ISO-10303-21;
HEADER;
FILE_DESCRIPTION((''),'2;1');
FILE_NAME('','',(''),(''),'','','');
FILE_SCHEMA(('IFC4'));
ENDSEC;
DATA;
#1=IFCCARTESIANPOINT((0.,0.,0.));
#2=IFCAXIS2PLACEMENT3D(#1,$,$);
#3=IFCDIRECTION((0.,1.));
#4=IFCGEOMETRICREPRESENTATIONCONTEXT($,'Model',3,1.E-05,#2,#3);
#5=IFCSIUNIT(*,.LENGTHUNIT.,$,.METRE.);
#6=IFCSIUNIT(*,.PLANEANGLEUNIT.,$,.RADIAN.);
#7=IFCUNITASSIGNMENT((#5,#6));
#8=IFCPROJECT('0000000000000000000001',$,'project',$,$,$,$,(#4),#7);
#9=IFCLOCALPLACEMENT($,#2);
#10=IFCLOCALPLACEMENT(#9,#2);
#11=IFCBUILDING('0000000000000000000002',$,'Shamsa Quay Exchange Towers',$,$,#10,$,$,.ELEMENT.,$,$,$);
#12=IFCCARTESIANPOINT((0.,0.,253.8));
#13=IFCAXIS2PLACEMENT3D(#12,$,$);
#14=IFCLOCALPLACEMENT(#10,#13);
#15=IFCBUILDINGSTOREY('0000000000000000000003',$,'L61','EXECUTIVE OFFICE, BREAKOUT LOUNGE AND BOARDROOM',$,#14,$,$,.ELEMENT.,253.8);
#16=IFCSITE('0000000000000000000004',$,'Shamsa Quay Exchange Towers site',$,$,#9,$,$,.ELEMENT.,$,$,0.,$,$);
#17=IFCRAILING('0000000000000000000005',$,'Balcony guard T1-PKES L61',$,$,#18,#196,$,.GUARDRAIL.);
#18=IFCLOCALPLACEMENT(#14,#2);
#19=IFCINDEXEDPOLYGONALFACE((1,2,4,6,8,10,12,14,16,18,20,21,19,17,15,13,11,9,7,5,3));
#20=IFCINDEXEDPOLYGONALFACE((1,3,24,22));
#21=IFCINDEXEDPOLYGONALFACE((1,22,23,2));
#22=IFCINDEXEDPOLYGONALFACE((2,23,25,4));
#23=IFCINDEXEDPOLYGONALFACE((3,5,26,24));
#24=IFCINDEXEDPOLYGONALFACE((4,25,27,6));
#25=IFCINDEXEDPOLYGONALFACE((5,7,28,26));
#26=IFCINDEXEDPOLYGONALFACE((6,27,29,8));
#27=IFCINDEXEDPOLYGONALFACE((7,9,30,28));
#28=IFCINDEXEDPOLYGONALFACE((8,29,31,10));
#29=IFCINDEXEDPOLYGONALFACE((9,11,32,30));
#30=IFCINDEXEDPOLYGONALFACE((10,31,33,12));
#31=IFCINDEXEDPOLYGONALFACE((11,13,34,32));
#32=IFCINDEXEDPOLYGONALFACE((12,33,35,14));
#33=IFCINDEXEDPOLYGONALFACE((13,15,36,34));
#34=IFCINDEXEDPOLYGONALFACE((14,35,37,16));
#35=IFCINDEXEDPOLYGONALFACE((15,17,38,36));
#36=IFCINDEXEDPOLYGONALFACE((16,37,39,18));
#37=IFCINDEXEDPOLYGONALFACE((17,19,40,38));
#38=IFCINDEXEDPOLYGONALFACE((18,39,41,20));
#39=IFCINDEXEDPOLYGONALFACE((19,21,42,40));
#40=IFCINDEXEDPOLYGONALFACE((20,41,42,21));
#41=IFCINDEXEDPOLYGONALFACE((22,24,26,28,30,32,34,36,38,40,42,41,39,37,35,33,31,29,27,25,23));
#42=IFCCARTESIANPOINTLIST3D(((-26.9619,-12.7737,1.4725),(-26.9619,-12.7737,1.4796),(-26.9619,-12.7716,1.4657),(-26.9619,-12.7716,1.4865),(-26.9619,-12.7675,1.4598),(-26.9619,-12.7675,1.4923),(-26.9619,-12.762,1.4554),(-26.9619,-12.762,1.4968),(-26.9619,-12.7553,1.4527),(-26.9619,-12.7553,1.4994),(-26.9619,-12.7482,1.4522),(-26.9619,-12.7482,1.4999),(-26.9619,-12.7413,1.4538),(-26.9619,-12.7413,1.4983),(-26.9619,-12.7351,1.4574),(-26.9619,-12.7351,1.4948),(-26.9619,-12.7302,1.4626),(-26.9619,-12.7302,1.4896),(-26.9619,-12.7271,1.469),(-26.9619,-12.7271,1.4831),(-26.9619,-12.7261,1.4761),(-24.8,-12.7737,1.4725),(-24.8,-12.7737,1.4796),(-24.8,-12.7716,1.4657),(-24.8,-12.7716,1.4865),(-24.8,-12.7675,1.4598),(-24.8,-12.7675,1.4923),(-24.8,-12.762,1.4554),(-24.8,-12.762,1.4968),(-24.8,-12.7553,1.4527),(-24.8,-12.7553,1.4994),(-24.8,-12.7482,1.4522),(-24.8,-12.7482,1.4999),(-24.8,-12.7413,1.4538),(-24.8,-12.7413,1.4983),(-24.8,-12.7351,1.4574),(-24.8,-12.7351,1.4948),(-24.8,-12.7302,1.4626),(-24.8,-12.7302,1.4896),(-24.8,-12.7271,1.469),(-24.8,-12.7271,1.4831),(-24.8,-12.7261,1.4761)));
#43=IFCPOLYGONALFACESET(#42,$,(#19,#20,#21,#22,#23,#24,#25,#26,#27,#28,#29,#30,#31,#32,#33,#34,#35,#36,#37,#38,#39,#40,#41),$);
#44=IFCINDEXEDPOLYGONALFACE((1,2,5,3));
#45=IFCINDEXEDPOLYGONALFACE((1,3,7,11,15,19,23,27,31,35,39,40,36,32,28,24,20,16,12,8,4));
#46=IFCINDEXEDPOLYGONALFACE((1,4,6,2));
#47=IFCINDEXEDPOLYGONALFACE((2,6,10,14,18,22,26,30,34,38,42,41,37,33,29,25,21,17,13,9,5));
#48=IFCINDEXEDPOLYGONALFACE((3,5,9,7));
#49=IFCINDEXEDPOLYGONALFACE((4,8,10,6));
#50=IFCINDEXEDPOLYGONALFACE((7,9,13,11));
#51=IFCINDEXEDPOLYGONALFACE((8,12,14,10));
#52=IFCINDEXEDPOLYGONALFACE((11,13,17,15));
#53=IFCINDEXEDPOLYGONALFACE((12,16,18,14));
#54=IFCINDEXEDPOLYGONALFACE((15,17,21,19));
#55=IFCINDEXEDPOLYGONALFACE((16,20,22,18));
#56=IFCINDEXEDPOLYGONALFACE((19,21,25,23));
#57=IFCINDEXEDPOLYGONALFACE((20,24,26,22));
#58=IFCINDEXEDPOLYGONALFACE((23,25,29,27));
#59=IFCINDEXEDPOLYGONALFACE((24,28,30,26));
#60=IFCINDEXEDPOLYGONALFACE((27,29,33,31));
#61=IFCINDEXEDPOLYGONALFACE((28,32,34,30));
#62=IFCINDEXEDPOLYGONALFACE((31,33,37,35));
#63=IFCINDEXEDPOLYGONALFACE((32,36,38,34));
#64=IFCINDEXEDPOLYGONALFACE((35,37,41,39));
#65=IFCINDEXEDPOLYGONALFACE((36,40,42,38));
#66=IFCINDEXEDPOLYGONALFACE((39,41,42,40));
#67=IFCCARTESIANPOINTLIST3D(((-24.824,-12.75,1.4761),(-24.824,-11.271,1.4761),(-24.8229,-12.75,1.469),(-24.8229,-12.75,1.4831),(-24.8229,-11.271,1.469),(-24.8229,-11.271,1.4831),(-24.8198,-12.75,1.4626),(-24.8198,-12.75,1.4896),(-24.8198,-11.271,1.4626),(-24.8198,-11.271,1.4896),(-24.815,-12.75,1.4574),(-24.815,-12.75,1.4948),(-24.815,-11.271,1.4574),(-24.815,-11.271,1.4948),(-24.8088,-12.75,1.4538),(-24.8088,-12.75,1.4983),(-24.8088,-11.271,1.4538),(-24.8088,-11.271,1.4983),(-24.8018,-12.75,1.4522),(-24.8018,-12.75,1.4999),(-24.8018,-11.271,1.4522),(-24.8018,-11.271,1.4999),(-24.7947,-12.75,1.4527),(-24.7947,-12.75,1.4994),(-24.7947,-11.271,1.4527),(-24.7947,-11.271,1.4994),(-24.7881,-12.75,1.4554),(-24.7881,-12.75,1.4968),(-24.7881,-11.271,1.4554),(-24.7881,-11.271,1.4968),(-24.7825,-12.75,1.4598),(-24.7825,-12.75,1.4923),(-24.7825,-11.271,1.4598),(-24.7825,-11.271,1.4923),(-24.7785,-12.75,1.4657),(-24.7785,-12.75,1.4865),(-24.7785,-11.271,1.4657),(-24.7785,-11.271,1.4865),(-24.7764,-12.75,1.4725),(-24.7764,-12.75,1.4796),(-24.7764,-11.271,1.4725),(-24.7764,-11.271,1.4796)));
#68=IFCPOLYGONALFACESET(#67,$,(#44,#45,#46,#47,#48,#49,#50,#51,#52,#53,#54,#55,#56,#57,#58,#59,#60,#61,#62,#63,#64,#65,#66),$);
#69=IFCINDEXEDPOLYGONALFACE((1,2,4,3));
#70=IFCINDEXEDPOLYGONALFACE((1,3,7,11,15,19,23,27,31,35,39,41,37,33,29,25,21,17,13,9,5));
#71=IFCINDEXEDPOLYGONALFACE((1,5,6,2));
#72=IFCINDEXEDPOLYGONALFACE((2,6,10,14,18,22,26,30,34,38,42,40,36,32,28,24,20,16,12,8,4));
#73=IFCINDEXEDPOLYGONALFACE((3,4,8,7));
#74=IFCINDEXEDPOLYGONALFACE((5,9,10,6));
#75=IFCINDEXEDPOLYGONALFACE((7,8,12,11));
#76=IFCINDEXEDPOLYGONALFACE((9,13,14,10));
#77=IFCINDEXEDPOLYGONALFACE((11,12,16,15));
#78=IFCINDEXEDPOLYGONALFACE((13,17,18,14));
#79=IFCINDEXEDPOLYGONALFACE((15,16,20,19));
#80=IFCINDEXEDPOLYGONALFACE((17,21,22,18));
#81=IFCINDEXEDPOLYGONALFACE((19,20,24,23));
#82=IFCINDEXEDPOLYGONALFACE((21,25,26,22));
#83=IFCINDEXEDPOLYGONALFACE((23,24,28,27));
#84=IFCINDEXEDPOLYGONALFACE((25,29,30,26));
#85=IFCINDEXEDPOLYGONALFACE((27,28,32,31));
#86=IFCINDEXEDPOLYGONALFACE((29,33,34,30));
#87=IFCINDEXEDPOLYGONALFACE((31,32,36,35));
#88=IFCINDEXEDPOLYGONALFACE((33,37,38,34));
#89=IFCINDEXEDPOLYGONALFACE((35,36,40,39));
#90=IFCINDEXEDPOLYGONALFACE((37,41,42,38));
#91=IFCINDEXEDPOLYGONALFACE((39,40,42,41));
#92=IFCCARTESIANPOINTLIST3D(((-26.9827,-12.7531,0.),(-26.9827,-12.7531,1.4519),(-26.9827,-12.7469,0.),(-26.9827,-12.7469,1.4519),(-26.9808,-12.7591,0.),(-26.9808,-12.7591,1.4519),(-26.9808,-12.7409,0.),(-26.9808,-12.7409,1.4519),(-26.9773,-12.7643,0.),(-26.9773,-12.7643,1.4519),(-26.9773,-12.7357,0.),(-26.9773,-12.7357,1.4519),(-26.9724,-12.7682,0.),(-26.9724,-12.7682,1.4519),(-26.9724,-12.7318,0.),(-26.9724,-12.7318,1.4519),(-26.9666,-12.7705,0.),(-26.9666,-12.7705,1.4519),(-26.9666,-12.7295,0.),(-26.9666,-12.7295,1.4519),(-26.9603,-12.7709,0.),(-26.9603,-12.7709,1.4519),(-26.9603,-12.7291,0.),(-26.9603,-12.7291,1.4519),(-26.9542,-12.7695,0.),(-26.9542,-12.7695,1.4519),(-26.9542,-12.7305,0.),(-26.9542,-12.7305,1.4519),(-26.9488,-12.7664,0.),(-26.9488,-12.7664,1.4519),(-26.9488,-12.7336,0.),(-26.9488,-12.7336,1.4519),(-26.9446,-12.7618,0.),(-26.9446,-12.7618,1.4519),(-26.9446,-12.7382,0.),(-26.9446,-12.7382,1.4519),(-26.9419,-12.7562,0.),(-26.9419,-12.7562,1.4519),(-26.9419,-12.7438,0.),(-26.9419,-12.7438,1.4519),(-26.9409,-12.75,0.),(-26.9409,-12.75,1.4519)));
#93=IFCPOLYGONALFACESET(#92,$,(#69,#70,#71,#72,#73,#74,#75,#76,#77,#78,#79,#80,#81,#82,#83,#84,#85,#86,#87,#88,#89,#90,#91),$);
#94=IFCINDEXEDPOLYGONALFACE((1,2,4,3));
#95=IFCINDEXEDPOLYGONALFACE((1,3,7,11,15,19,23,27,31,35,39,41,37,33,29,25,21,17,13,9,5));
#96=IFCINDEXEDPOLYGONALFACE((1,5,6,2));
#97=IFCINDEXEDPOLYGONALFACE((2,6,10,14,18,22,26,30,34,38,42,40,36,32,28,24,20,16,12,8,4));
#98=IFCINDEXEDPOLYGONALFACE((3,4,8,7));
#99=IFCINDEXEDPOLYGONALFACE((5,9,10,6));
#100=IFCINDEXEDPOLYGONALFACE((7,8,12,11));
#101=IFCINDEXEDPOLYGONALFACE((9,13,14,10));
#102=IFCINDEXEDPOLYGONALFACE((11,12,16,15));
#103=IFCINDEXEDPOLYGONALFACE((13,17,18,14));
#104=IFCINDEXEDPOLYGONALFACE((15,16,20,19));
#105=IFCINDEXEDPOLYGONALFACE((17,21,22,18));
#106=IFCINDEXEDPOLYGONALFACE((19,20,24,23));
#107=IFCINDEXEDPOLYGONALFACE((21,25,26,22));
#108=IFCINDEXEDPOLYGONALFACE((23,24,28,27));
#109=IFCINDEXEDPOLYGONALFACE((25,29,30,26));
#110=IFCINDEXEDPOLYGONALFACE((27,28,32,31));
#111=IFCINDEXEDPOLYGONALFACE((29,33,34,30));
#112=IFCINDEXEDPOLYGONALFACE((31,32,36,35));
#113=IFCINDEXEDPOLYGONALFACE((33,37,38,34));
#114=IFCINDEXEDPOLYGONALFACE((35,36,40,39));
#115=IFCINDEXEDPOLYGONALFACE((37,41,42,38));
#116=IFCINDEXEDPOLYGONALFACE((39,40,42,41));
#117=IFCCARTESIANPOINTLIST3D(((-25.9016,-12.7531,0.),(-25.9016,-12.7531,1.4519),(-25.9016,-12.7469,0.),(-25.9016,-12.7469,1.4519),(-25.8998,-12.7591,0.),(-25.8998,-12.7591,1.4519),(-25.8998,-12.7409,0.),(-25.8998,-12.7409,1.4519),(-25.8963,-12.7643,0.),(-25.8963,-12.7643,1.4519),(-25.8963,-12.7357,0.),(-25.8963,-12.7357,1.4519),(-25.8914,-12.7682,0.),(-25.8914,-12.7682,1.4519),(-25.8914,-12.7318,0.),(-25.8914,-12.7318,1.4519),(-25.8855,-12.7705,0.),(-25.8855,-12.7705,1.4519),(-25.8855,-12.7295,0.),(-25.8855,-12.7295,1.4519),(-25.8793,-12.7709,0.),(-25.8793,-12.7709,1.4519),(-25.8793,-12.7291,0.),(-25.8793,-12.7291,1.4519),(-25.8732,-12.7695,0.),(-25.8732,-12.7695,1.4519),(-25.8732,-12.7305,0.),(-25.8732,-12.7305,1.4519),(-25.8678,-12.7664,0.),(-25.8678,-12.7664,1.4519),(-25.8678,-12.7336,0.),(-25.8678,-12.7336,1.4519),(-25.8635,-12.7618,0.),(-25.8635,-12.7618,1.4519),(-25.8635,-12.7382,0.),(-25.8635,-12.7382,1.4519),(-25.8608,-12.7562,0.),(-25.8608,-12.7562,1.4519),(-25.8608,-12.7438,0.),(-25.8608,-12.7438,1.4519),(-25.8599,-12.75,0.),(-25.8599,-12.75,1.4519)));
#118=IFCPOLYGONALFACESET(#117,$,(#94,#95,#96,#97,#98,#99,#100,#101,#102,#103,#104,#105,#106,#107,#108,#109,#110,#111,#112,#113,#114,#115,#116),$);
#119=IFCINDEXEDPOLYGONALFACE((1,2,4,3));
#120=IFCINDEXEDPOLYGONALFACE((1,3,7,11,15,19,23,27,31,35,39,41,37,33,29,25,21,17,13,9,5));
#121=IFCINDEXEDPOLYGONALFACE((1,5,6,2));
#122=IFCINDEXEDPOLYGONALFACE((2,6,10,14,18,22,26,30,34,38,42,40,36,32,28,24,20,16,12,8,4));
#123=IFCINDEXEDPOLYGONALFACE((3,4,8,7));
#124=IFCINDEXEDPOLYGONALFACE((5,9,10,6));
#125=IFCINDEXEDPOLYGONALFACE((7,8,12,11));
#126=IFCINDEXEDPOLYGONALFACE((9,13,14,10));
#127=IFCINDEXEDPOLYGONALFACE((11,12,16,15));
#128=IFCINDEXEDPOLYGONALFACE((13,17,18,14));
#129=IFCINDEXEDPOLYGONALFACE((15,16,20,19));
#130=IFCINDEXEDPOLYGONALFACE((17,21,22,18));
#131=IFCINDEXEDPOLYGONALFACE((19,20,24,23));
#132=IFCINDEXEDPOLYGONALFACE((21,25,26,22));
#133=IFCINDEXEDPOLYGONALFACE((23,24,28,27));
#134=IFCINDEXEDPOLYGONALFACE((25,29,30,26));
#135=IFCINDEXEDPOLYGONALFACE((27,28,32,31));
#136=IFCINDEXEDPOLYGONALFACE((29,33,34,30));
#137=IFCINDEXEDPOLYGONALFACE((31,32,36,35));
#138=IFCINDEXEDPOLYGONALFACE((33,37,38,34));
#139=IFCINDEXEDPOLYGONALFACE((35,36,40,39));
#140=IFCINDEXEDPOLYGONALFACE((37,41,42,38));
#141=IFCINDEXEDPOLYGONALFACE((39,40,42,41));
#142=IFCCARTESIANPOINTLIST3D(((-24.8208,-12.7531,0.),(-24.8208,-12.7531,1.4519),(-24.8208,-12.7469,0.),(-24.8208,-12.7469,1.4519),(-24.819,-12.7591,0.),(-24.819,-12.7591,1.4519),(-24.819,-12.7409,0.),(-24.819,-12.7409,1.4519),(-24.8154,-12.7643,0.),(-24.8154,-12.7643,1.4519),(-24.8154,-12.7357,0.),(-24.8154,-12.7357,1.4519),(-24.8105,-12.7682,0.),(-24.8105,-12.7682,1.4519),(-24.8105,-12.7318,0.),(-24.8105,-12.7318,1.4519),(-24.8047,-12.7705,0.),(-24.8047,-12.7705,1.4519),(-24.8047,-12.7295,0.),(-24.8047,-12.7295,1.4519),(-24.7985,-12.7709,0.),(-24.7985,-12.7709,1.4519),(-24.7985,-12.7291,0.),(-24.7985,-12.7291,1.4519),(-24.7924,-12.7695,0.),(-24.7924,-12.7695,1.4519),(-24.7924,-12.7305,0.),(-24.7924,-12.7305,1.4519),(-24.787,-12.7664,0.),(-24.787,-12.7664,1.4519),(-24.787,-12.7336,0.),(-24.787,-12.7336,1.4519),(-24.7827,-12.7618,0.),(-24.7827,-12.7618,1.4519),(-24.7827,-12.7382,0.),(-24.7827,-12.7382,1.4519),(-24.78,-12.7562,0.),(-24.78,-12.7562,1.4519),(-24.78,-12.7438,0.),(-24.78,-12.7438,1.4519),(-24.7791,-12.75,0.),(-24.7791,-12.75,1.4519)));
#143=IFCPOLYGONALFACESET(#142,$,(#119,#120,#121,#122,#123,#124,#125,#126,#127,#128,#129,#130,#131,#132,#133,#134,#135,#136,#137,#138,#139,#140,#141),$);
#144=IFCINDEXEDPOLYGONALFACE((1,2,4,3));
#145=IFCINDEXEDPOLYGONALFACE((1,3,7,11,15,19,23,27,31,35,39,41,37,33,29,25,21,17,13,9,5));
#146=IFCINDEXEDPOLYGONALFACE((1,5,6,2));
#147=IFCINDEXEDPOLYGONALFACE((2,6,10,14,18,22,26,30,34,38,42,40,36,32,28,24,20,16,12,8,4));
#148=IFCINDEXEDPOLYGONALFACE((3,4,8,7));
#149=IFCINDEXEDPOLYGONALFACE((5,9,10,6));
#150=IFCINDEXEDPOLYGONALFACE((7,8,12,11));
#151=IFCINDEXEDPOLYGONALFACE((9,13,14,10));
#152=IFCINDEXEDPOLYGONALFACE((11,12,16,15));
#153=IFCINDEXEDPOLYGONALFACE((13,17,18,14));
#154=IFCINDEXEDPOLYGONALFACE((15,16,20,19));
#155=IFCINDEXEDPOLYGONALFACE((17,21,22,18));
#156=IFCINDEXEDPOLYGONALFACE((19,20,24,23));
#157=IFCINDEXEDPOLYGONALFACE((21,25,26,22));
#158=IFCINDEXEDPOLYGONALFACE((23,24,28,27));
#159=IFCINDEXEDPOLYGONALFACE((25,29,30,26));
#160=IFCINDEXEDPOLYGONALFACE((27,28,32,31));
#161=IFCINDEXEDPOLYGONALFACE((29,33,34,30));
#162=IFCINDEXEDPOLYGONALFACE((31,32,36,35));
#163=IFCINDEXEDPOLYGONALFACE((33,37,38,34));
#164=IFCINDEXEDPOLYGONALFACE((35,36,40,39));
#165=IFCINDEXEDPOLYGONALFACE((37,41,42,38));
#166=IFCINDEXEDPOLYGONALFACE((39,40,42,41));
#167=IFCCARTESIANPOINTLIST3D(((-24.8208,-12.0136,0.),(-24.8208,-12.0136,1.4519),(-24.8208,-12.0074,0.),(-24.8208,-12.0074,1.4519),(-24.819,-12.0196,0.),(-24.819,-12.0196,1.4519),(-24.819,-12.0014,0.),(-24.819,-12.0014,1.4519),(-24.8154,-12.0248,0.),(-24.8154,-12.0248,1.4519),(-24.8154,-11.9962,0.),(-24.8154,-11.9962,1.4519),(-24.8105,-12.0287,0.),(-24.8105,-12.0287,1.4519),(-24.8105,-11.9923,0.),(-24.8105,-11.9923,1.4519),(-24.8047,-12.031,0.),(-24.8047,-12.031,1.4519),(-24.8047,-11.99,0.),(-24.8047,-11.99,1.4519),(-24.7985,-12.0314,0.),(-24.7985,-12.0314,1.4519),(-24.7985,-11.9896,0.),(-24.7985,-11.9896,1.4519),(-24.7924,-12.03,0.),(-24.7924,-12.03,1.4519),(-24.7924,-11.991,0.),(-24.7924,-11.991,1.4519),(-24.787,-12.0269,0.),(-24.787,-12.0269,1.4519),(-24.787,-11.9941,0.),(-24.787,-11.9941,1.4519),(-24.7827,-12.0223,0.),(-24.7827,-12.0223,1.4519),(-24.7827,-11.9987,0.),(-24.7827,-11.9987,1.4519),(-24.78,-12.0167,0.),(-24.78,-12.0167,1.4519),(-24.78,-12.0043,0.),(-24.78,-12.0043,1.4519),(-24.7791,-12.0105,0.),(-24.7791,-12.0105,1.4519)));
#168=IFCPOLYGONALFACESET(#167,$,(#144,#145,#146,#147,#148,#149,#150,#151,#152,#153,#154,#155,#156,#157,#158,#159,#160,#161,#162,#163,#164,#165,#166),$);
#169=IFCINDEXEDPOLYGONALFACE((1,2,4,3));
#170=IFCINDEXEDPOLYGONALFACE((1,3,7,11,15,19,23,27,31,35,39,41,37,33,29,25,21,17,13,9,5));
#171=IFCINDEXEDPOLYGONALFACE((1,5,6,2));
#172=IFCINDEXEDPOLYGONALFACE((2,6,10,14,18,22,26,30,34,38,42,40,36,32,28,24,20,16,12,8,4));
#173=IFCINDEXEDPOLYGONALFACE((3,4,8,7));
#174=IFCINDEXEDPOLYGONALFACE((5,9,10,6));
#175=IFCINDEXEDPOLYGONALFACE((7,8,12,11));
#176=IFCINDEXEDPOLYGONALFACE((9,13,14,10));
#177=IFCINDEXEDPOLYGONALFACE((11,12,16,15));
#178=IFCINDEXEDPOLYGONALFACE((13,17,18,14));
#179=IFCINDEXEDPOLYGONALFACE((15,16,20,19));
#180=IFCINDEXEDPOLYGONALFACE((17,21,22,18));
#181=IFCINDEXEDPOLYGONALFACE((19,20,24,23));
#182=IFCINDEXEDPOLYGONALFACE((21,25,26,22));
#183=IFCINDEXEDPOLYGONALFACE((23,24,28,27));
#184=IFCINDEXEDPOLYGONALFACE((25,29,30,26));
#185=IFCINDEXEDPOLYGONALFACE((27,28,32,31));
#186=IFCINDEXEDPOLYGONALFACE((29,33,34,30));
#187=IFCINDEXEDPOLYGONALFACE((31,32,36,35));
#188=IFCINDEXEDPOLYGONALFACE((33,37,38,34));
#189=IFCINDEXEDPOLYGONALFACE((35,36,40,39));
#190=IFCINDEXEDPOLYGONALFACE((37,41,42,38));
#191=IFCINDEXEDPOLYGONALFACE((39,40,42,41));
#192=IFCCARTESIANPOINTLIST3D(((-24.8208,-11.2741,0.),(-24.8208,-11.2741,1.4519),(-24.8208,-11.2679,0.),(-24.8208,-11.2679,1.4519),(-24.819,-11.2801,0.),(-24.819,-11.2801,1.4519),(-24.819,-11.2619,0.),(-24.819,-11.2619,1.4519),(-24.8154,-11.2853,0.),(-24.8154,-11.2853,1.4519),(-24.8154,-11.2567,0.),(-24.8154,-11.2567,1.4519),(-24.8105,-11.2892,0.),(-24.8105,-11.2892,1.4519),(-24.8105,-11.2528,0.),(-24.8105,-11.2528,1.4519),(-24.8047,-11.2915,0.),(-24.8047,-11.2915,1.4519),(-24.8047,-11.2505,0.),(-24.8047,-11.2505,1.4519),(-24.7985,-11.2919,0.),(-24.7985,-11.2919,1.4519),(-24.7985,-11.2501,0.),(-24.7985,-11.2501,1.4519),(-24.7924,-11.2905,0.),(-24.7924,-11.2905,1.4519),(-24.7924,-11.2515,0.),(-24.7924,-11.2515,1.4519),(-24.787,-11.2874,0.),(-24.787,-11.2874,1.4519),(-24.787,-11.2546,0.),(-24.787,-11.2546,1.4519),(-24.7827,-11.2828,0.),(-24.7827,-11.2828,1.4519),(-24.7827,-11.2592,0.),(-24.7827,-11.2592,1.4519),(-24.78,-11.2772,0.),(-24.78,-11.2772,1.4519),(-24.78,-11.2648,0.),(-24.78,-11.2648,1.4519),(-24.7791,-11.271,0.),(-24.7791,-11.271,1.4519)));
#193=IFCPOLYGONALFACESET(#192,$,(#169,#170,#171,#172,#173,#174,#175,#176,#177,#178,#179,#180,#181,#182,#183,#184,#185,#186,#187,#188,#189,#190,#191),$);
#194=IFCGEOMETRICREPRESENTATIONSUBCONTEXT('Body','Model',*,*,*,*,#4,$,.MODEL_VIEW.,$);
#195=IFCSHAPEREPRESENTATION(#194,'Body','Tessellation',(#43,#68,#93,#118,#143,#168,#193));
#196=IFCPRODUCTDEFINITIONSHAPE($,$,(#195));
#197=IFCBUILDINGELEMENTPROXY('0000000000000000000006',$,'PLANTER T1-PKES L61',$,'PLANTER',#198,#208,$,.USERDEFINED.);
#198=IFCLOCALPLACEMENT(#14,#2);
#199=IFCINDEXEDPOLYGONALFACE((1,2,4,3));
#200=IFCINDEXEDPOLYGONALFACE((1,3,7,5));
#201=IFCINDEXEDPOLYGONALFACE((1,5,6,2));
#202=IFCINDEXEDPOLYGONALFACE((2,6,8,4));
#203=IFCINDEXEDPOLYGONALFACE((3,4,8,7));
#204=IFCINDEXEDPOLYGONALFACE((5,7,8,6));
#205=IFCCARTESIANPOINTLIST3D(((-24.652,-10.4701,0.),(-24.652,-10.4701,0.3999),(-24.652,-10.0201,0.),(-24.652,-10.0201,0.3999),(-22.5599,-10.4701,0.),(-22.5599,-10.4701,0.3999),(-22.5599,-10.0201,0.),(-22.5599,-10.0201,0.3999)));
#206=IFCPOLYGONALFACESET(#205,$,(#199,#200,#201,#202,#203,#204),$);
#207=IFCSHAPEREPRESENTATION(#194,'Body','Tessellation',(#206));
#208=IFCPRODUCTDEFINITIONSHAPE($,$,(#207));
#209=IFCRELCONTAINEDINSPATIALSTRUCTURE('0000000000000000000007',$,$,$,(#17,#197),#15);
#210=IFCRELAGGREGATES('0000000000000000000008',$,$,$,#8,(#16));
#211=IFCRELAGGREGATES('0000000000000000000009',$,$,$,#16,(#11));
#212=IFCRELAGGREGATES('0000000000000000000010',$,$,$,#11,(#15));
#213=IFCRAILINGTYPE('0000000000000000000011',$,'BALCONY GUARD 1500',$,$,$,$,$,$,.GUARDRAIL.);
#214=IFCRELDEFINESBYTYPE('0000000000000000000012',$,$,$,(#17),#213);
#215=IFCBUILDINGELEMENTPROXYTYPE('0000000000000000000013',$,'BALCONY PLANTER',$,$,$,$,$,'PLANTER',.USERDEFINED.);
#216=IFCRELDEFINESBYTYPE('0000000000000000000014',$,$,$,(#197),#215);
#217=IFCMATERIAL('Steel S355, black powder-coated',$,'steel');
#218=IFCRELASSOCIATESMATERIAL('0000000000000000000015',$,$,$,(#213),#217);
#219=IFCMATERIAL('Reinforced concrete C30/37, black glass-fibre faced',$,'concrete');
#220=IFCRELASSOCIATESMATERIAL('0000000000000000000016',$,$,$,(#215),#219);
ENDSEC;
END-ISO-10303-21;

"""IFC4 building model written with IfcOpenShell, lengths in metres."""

from ifc_helpers import new_model, si_unit, direction, frame, origin, origin_2d, place, context, subcontext, project, spatial, rectangle, circle, extrude, material, type_object, element, save


model = new_model("IFC4")

# Units and contexts
model_context = context("Model", 3, precision=1e-05, world=origin(), true_north=direction((0.0, 1.0)))
body_context = subcontext(model_context, "Body", "Model", "MODEL_VIEW")
ifc_project = project(units=[si_unit("LENGTHUNIT", "METRE"), si_unit("PLANEANGLEUNIT", "RADIAN")], contexts=[model_context])

# Site, building, storey
site_placement = place(None, origin())
site = spatial("IfcSite", under=ifc_project, at=site_placement, Name="Shamsa Quay Exchange Towers site", CompositionType="ELEMENT", RefElevation=0.0)
building_placement = place(site_placement, origin())
building = spatial("IfcBuilding", under=site, at=building_placement, Name="Shamsa Quay Exchange Towers", CompositionType="ELEMENT")
storey_placement = place(building_placement, frame((0.0, 0.0, 253.8)))
storey = spatial("IfcBuildingStorey", under=building, at=storey_placement, Name="L61", Description="EXECUTIVE OFFICE, BREAKOUT LOUNGE AND BOARDROOM", CompositionType="ELEMENT", Elevation=253.8)

# Railing
ifc_material_1 = material(Name="Steel S355, black powder-coated", Category="steel")
railing_type_1 = type_object("IfcRailingType", Name="BALCONY GUARD 1500", PredefinedType="GUARDRAIL", material=ifc_material_1)
for number, where, name in (
    (1, (-26.9619, -12.75, 0.0), "Balcony guard T1-PKES L61"),
):
    element("IfcRailing", number, at=place(storey_placement, frame(where)), inside=storey, type_object=railing_type_1, Name=name, PredefinedType="GUARDRAIL", context=body_context, shape_type="SweptSolid", body=[
        extrude(circle(Radius=0.0239, at=origin_2d()), frame((0.0, 0.0, 1.4761), z_axis=(1.0, 0.0, 0.0), x_axis=(0.0, 1.0, 0.0)), (0.0, 0.0, 1.0), 2.1619),
        extrude(circle(Radius=0.0239, at=origin_2d()), frame((2.1619, 0.0, 1.4761), z_axis=(0.0, 1.0, 0.0), x_axis=(-1.0, 0.0, 0.0)), (0.0, 0.0, 1.0), 1.479),
        extrude(circle(Radius=0.021, at=origin_2d()), origin(), (0.0, 0.0, 1.0), 1.4519),
        extrude(circle(Radius=0.021, at=origin_2d()), frame((1.0811, 0.0, 0.0)), (0.0, 0.0, 1.0), 1.4519),
        extrude(circle(Radius=0.021, at=origin_2d()), frame((2.1619, 0.0, 0.0)), (0.0, 0.0, 1.0), 1.4519),
        extrude(circle(Radius=0.021, at=origin_2d()), frame((2.1619, 0.7395, 0.0)), (0.0, 0.0, 1.0), 1.4519),
        extrude(circle(Radius=0.021, at=origin_2d()), frame((2.1619, 1.479, 0.0)), (0.0, 0.0, 1.0), 1.4519),
    ])

# Building element proxy
ifc_material_2 = material(Name="Reinforced concrete C30/37, black glass-fibre faced", Category="concrete")
building_element_proxy_type = type_object("IfcBuildingElementProxyType", Name="BALCONY PLANTER", ElementType="PLANTER", PredefinedType="USERDEFINED", material=ifc_material_2)
for number, where, name in (
    (2, (-23.606, -10.2451, 0.0), "PLANTER T1-PKES L61"),
):
    element("IfcBuildingElementProxy", number, at=place(storey_placement, frame(where)), inside=storey, type_object=building_element_proxy_type, Name=name, ObjectType="PLANTER", PredefinedType="USERDEFINED", context=body_context, shape_type="SweptSolid", body=[
        extrude(rectangle(XDim=2.092, YDim=0.45, at=origin_2d()), origin(), (0.0, 0.0, 1.0), 0.3999),
    ])

save(model, "model.ifc")
